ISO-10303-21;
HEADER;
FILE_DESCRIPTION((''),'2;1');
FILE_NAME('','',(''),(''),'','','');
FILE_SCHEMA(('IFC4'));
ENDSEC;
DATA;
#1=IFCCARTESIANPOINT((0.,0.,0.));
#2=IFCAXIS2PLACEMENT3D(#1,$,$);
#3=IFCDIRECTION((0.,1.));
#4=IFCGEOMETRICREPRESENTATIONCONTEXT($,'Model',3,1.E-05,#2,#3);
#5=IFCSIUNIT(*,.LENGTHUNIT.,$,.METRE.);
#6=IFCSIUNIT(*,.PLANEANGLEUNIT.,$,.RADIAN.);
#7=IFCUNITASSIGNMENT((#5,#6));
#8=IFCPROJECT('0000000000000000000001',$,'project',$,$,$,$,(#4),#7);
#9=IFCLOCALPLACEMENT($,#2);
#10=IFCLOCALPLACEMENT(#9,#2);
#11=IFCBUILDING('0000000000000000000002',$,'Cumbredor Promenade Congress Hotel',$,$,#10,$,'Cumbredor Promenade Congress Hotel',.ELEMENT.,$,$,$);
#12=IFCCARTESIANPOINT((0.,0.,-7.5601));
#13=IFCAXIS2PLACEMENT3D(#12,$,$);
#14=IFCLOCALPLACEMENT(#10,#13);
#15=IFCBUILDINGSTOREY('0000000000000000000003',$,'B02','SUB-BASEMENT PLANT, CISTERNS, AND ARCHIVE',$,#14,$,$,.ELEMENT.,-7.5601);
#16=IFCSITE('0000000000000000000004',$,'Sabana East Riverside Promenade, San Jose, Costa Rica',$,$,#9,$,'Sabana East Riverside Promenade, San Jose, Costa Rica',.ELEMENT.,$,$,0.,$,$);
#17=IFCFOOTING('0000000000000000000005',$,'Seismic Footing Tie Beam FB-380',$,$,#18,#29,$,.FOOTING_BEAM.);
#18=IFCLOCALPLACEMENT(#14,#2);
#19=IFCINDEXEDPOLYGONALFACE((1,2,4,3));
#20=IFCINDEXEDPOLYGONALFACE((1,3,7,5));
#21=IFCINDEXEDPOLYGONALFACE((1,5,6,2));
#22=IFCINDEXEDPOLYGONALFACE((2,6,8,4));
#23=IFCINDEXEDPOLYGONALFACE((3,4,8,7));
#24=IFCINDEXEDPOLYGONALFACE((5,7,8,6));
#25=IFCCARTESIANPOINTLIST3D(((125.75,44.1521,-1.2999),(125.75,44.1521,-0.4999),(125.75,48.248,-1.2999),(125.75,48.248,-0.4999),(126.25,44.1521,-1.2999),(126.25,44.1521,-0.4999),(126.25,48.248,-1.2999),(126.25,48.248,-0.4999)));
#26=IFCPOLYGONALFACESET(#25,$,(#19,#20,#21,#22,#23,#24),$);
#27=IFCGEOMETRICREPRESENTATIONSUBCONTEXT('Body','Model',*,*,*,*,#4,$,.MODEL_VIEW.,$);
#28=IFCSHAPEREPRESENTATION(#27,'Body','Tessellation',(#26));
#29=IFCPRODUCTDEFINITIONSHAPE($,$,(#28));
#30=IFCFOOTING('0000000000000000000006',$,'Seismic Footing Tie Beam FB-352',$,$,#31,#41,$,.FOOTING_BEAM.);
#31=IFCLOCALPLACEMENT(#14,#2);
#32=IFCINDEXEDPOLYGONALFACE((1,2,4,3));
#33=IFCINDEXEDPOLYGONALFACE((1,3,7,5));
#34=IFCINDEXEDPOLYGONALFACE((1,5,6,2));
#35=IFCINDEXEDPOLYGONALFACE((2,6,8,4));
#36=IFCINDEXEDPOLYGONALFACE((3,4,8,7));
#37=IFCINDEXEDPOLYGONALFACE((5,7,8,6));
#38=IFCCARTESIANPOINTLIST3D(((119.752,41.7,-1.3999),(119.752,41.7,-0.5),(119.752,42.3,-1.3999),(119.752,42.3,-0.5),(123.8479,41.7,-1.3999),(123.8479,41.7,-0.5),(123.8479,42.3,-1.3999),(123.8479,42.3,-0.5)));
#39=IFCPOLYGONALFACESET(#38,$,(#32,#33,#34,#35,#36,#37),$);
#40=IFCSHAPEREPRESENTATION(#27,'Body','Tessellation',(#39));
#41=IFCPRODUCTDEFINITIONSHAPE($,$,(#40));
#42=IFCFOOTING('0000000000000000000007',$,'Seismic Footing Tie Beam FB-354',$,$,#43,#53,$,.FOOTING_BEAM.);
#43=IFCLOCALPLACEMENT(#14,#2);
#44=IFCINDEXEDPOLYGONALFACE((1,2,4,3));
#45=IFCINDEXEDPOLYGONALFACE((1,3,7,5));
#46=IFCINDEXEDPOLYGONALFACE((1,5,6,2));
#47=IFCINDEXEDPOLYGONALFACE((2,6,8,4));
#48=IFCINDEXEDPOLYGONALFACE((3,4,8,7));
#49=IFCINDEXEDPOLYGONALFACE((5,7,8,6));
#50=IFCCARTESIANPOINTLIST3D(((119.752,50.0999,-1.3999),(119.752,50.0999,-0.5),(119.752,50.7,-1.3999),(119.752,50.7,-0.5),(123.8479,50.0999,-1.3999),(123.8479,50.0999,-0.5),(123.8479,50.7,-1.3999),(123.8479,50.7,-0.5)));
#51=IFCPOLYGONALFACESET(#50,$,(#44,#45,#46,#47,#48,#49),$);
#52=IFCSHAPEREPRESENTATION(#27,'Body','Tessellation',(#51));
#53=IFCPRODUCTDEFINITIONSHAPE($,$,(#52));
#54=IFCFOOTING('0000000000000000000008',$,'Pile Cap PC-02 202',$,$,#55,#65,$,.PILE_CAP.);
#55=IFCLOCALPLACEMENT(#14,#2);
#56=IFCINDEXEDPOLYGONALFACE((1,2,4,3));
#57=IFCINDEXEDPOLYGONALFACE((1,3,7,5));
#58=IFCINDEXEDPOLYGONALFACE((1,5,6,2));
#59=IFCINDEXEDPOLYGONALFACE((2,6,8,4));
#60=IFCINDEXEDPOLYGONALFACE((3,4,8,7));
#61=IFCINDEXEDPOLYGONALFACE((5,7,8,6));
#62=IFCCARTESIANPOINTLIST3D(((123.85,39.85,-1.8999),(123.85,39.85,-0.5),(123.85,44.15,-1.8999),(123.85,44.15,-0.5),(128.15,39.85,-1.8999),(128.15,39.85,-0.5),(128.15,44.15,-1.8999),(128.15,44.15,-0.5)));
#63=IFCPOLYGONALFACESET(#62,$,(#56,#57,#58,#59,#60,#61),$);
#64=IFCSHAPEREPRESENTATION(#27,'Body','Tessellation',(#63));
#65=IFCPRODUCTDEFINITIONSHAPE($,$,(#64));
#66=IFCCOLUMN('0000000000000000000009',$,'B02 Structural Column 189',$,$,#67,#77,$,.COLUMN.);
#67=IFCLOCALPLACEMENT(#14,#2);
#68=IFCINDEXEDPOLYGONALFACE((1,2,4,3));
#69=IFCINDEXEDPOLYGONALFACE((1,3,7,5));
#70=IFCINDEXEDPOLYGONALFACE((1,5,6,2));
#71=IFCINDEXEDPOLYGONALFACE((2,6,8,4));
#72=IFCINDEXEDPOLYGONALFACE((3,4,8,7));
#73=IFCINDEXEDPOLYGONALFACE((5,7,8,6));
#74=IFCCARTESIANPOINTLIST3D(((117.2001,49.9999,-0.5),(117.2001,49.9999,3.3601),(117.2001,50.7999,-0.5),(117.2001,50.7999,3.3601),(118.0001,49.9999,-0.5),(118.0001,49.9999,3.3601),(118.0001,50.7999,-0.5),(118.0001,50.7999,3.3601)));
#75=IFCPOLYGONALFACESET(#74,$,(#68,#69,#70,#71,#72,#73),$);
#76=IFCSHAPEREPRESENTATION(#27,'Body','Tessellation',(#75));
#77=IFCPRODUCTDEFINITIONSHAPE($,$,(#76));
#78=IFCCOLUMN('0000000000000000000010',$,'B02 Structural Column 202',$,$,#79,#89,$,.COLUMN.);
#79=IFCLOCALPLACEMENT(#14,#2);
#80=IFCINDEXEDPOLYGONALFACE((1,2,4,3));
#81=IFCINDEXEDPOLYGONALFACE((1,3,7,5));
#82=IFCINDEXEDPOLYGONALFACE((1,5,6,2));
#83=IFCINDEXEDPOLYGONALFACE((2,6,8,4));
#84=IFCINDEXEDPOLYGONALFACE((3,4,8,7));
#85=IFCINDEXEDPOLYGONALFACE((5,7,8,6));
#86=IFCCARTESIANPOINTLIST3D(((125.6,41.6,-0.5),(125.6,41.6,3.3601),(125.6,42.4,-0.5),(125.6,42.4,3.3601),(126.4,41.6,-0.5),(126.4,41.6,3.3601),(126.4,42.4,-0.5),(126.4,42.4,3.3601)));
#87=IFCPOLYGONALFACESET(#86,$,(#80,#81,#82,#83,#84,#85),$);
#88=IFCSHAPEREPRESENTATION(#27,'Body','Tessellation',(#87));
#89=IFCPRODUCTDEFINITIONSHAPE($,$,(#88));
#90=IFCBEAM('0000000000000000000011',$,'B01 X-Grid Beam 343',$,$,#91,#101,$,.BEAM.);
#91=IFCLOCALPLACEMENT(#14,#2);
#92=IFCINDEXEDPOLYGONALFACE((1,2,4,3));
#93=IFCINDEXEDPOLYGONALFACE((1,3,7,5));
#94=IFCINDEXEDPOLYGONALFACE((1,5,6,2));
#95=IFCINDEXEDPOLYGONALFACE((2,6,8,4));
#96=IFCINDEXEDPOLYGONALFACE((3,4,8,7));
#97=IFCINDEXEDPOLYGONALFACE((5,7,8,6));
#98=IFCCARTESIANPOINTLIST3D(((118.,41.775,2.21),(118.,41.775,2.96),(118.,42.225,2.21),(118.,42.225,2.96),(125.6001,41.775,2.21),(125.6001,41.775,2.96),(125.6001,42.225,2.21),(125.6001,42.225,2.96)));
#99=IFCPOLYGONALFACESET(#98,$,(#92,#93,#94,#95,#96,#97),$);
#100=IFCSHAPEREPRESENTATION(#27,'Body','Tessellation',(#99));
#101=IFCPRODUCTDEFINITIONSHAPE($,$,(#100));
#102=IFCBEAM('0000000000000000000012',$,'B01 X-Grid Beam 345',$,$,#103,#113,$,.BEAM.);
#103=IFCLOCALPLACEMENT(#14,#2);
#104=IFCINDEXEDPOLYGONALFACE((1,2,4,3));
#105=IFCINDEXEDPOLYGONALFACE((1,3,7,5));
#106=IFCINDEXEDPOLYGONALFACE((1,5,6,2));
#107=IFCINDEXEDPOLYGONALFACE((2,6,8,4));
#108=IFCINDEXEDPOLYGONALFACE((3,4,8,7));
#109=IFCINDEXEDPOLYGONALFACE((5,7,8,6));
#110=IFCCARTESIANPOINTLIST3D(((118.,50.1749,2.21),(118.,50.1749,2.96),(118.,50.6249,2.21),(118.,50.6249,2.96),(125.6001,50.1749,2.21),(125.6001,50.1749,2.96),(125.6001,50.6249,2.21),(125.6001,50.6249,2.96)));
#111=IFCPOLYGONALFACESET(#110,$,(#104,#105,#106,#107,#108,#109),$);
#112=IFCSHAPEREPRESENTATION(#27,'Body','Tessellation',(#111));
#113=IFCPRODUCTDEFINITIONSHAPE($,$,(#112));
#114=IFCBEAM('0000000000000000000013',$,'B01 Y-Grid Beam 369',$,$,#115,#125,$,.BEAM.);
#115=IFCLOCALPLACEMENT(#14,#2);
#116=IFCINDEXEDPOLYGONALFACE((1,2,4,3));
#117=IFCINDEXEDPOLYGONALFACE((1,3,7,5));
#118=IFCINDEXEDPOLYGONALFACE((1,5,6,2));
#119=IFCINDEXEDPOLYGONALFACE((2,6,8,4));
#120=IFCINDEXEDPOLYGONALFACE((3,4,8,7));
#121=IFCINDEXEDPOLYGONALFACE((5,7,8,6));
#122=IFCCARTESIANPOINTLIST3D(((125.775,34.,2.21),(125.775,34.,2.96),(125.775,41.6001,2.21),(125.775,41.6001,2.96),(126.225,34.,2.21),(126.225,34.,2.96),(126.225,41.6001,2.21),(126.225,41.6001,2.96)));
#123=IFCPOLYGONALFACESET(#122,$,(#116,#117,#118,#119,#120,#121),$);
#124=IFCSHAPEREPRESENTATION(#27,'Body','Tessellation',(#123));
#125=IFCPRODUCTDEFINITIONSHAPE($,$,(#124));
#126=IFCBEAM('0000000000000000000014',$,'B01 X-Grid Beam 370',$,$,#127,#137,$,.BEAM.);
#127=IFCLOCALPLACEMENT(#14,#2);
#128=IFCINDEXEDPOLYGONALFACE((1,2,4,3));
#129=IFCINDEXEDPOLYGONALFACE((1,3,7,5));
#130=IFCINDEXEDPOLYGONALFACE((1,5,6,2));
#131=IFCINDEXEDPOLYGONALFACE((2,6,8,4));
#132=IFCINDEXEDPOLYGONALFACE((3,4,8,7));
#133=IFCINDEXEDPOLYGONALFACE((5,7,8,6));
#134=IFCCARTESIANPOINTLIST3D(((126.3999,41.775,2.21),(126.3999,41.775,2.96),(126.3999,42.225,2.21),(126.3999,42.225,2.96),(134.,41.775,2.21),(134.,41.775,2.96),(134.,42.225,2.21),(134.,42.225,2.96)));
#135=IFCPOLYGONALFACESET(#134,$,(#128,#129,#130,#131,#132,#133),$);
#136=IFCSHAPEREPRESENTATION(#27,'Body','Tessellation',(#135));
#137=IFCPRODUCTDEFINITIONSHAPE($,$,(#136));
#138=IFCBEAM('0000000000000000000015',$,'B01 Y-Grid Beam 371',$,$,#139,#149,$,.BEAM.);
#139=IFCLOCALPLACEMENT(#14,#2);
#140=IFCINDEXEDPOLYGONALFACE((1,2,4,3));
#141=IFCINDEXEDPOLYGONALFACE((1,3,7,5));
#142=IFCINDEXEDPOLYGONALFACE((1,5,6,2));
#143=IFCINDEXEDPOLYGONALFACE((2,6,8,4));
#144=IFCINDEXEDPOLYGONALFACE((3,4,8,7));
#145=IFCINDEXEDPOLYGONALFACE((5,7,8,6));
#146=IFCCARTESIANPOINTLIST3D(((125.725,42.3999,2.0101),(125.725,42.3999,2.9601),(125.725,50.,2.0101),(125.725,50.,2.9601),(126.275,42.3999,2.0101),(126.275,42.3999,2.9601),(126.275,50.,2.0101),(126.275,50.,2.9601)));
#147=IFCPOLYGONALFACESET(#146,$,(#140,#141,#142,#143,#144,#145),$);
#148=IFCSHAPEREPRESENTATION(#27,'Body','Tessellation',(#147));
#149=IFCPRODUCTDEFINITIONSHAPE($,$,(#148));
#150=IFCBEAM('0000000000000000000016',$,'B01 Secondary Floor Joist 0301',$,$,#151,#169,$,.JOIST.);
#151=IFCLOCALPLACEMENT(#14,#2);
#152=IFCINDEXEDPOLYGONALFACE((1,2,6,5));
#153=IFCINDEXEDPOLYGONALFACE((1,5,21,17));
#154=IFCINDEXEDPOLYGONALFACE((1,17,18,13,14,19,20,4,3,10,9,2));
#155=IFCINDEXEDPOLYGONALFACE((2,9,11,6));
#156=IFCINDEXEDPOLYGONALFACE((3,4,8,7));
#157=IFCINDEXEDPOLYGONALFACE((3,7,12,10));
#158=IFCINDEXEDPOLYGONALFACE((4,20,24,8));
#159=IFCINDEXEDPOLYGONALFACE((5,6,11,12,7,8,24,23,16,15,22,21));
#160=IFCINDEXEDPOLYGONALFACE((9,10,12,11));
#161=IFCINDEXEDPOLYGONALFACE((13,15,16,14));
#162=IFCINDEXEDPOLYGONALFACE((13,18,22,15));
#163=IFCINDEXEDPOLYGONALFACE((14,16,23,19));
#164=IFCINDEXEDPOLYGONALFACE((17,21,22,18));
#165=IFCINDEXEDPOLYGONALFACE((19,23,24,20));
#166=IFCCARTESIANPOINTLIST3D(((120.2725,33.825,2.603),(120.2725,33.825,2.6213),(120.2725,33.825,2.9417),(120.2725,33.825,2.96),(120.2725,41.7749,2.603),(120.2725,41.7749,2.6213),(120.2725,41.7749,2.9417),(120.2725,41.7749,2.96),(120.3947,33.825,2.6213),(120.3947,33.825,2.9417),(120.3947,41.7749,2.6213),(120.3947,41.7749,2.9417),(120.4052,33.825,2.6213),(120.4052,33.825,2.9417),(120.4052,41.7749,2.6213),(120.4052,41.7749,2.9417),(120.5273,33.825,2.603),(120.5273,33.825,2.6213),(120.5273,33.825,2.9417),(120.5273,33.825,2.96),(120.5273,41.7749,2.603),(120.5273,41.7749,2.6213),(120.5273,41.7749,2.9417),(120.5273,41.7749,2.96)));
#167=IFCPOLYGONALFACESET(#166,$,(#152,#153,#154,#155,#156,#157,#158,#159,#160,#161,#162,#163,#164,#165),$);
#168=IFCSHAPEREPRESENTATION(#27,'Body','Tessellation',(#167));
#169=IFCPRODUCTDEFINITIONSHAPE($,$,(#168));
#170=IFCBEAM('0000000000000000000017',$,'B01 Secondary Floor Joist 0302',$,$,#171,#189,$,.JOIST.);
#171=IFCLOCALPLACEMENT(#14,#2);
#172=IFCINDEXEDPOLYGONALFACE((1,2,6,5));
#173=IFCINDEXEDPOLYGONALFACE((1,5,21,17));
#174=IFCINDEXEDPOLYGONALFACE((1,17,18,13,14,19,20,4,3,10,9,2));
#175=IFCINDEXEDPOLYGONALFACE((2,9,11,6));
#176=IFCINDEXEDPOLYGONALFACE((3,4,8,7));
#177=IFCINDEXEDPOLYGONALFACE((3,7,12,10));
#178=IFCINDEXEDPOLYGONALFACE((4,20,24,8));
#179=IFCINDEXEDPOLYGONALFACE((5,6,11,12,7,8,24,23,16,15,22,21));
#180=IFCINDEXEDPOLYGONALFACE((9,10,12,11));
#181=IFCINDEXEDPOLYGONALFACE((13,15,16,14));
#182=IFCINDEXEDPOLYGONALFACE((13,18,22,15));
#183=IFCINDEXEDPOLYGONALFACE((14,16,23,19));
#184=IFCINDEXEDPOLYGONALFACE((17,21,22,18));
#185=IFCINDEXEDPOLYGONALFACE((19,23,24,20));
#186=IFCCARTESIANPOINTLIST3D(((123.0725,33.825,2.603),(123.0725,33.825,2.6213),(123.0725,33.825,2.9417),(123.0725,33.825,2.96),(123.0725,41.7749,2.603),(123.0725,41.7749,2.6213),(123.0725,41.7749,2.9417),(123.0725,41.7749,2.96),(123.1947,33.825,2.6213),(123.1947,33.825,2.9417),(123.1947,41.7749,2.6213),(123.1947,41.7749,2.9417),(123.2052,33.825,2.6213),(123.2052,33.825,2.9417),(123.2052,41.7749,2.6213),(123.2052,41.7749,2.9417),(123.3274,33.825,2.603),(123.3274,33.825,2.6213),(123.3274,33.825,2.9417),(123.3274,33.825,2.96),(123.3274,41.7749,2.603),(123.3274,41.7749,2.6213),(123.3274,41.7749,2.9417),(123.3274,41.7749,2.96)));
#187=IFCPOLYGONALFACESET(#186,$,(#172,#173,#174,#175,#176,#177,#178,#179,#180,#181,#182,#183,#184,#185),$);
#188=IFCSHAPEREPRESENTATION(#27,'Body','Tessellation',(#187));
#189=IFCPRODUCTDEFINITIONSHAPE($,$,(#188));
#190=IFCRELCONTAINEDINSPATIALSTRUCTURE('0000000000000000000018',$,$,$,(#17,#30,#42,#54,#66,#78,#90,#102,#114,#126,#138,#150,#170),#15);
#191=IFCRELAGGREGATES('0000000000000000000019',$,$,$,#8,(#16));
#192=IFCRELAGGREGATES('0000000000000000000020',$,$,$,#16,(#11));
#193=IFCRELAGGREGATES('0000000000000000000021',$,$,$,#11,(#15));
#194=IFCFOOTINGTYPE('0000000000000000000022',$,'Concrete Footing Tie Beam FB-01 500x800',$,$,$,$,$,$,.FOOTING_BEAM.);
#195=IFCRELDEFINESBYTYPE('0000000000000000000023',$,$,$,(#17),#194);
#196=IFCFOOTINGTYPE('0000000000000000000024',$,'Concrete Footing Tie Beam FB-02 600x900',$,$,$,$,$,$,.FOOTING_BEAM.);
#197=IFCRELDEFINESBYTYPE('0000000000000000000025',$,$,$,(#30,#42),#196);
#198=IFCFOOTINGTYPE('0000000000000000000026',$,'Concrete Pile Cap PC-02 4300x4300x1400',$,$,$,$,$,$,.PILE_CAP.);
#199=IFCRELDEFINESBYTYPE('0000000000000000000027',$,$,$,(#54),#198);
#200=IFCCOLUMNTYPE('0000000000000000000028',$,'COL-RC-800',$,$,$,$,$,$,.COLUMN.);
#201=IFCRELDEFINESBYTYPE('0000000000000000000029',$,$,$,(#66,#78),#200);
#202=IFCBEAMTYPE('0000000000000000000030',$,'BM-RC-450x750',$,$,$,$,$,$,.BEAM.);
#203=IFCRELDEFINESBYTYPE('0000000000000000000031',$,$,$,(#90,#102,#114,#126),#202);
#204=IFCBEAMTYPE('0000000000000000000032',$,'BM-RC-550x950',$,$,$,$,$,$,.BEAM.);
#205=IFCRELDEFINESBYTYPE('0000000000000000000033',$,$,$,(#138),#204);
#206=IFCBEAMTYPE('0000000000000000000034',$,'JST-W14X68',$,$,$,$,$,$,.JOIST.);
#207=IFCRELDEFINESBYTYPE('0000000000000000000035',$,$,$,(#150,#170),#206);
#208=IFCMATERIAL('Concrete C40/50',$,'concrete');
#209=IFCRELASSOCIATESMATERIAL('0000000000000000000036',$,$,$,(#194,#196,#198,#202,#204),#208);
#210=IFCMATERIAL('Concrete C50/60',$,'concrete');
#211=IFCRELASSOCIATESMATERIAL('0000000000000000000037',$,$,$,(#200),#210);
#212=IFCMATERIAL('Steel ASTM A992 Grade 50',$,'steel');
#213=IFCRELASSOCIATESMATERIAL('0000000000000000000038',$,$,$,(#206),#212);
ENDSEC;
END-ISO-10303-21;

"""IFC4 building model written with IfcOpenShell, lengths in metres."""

from ifc_helpers import new_model, si_unit, direction, frame, origin, origin_2d, place, context, subcontext, project, spatial, rectangle, i_section, extrude, material, material_profile, profile_set, type_object, element, save


model = new_model("IFC4")

# Units and contexts
model_context = context("Model", 3, precision=1e-05, world=origin(), true_north=direction((0.0, 1.0)))
body_context = subcontext(model_context, "Body", "Model", "MODEL_VIEW")
ifc_project = project(units=[si_unit("LENGTHUNIT", "METRE"), si_unit("PLANEANGLEUNIT", "RADIAN")], contexts=[model_context])

# Site, building, storey
site_placement = place(None, origin())
site = spatial("IfcSite", under=ifc_project, at=site_placement, Name="Sabana East Riverside Promenade, San Jose, Costa Rica", LongName="Sabana East Riverside Promenade, San Jose, Costa Rica", CompositionType="ELEMENT", RefElevation=0.0)
building_placement = place(site_placement, origin())
building = spatial("IfcBuilding", under=site, at=building_placement, Name="Cumbredor Promenade Congress Hotel", LongName="Cumbredor Promenade Congress Hotel", CompositionType="ELEMENT")
storey_placement = place(building_placement, frame((0.0, 0.0, -7.5601)))
storey = spatial("IfcBuildingStorey", under=building, at=storey_placement, Name="B02", Description="SUB-BASEMENT PLANT, CISTERNS, AND ARCHIVE", CompositionType="ELEMENT", Elevation=-7.5601)

# Shared definitions
ifc_material_1 = material(Name="Concrete C40/50", Category="concrete")

# Footings
ifc_material_profile_1 = material_profile(ifc_material_1, rectangle(XDim=0.5, YDim=0.8, at=origin_2d()), Name="FB 500x800")
ifc_profile_set_1 = profile_set([ifc_material_profile_1], Name="Concrete C40/50")
footing_type_1 = type_object("IfcFootingType", Name="Concrete Footing Tie Beam FB-01 500x800", PredefinedType="FOOTING_BEAM", material=ifc_profile_set_1)
for number, where, z_axis, x_axis, name in (
    (1, (126.0, 44.1521, -0.8999), (0.0, 1.0, 0.0), (-1.0, 0.0, 0.0), "Seismic Footing Tie Beam FB-380"),
):
    element("IfcFooting", number, at=place(storey_placement, frame(where, z_axis=z_axis, x_axis=x_axis)), inside=storey, type_object=footing_type_1, Name=name, PredefinedType="FOOTING_BEAM", context=body_context, shape_type="SweptSolid", body=[
        extrude(rectangle(XDim=0.5, YDim=0.8, at=origin_2d()), origin(), (0.0, 0.0, 1.0), 4.0959),
    ])
ifc_material_profile_2 = material_profile(ifc_material_1, rectangle(XDim=0.6001, YDim=0.8999, at=origin_2d()), Name="FB 600x900")
ifc_profile_set_2 = profile_set([ifc_material_profile_2], Name="Concrete C40/50")
footing_type_2 = type_object("IfcFootingType", Name="Concrete Footing Tie Beam FB-02 600x900", PredefinedType="FOOTING_BEAM", material=ifc_profile_set_2)
for number, where, z_axis, x_axis, name in (
    (2, (119.752, 42.0, -0.95), (1.0, 0.0, 0.0), (0.0, 1.0, 0.0), "Seismic Footing Tie Beam FB-352"),
    (3, (119.752, 50.3999, -0.95), (1.0, 0.0, 0.0), (0.0, 1.0, 0.0), "Seismic Footing Tie Beam FB-354"),
):
    element("IfcFooting", number, at=place(storey_placement, frame(where, z_axis=z_axis, x_axis=x_axis)), inside=storey, type_object=footing_type_2, Name=name, PredefinedType="FOOTING_BEAM", context=body_context, shape_type="SweptSolid", body=[
        extrude(rectangle(XDim=0.6001, YDim=0.8999, at=origin_2d()), origin(), (0.0, 0.0, 1.0), 4.0959),
    ])
footing_type_3 = type_object("IfcFootingType", Name="Concrete Pile Cap PC-02 4300x4300x1400", PredefinedType="PILE_CAP", material=ifc_material_1)
footing_placement = place(storey_placement, frame((126.0, 42.0, -1.8999), z_axis=(0.0, 0.0, 1.0), x_axis=(1.0, 0.0, 0.0)))
element("IfcFooting", 4, at=footing_placement, inside=storey, type_object=footing_type_3, Name="Pile Cap PC-02 202", PredefinedType="PILE_CAP", context=body_context, shape_type="SweptSolid", body=[
    extrude(rectangle(XDim=4.3, YDim=4.3, at=origin_2d()), origin(), (0.0, 0.0, 1.0), 1.3999),
])

# Columns
ifc_material_2 = material(Name="Concrete C50/60", Category="concrete")
ifc_material_profile_3 = material_profile(ifc_material_2, rectangle(XDim=0.8, YDim=0.8, at=origin_2d()), Name="RC 800x800")
ifc_profile_set_3 = profile_set([ifc_material_profile_3], Name="Concrete C50/60")
column_type = type_object("IfcColumnType", Name="COL-RC-800", PredefinedType="COLUMN", material=ifc_profile_set_3)
for number, where, z_axis, x_axis, name in (
    (5, (117.6001, 50.3999, -0.5), (0.0, 0.0, 1.0), (1.0, 0.0, 0.0), "B02 Structural Column 189"),
    (6, (126.0, 42.0, -0.5), (0.0, 0.0, 1.0), (1.0, 0.0, 0.0), "B02 Structural Column 202"),
):
    element("IfcColumn", number, at=place(storey_placement, frame(where, z_axis=z_axis, x_axis=x_axis)), inside=storey, type_object=column_type, Name=name, PredefinedType="COLUMN", context=body_context, shape_type="SweptSolid", body=[
        extrude(rectangle(XDim=0.8, YDim=0.8, at=origin_2d()), origin(), (0.0, 0.0, 1.0), 3.8601),
    ])

# Beams
ifc_material_profile_4 = material_profile(ifc_material_1, rectangle(XDim=0.45, YDim=0.75, at=origin_2d()), Name="RC BEAM 450x750")
ifc_profile_set_4 = profile_set([ifc_material_profile_4], Name="Concrete C40/50")
beam_type_1 = type_object("IfcBeamType", Name="BM-RC-450x750", PredefinedType="BEAM", material=ifc_profile_set_4)
for number, where, z_axis, x_axis, name in (
    (7, (118.0, 42.0, 2.585), (1.0, 0.0, 0.0), (0.0, 1.0, 0.0), "B01 X-Grid Beam 343"),
    (8, (118.0, 50.3999, 2.585), (1.0, 0.0, 0.0), (0.0, 1.0, 0.0), "B01 X-Grid Beam 345"),
    (9, (126.0, 34.0, 2.585), (0.0, 1.0, 0.0), (-1.0, 0.0, 0.0), "B01 Y-Grid Beam 369"),
    (10, (126.3999, 42.0, 2.585), (1.0, 0.0, 0.0), (0.0, 1.0, 0.0), "B01 X-Grid Beam 370"),
):
    element("IfcBeam", number, at=place(storey_placement, frame(where, z_axis=z_axis, x_axis=x_axis)), inside=storey, type_object=beam_type_1, Name=name, PredefinedType="BEAM", context=body_context, shape_type="SweptSolid", body=[
        extrude(rectangle(XDim=0.45, YDim=0.75, at=origin_2d()), origin(), (0.0, 0.0, 1.0), 7.6001),
    ])
ifc_material_profile_5 = material_profile(ifc_material_1, rectangle(XDim=0.55, YDim=0.95, at=origin_2d()), Name="RC BEAM 550x950")
ifc_profile_set_5 = profile_set([ifc_material_profile_5], Name="Concrete C40/50")
beam_type_2 = type_object("IfcBeamType", Name="BM-RC-550x950", PredefinedType="BEAM", material=ifc_profile_set_5)
beam_1_placement = place(storey_placement, frame((126.0, 42.3999, 2.4851), z_axis=(0.0, 1.0, 0.0), x_axis=(-1.0, 0.0, 0.0)))
element("IfcBeam", 11, at=beam_1_placement, inside=storey, type_object=beam_type_2, Name="B01 Y-Grid Beam 371", PredefinedType="BEAM", context=body_context, shape_type="SweptSolid", body=[
    extrude(rectangle(XDim=0.55, YDim=0.95, at=origin_2d()), origin(), (0.0, 0.0, 1.0), 7.6001),
])
ifc_material_3 = material(Name="Steel ASTM A992 Grade 50", Category="steel")
ifc_material_profile_6 = material_profile(ifc_material_3, i_section(OverallWidth=0.2549, OverallDepth=0.3569, WebThickness=0.0105, FlangeThickness=0.0183, at=origin_2d()), Name="W14X68")
ifc_profile_set_6 = profile_set([ifc_material_profile_6], Name="Steel ASTM A992 Grade 50")
beam_type_3 = type_object("IfcBeamType", Name="JST-W14X68", PredefinedType="JOIST", material=ifc_profile_set_6)
for number, where, z_axis, x_axis, name in (
    (12, (120.3999, 33.825, 2.7815), (0.0, 1.0, 0.0), (-1.0, 0.0, 0.0), "B01 Secondary Floor Joist 0301"),
    (13, (123.2, 33.825, 2.7815), (0.0, 1.0, 0.0), (-1.0, 0.0, 0.0), "B01 Secondary Floor Joist 0302"),
):
    element("IfcBeam", number, at=place(storey_placement, frame(where, z_axis=z_axis, x_axis=x_axis)), inside=storey, type_object=beam_type_3, Name=name, PredefinedType="JOIST", context=body_context, shape_type="SweptSolid", body=[
        extrude(i_section(OverallWidth=0.2549, OverallDepth=0.3569, WebThickness=0.0105, FlangeThickness=0.0183, at=origin_2d()), origin(), (0.0, 0.0, 1.0), 7.95),
    ])

save(model, "model.ifc")
